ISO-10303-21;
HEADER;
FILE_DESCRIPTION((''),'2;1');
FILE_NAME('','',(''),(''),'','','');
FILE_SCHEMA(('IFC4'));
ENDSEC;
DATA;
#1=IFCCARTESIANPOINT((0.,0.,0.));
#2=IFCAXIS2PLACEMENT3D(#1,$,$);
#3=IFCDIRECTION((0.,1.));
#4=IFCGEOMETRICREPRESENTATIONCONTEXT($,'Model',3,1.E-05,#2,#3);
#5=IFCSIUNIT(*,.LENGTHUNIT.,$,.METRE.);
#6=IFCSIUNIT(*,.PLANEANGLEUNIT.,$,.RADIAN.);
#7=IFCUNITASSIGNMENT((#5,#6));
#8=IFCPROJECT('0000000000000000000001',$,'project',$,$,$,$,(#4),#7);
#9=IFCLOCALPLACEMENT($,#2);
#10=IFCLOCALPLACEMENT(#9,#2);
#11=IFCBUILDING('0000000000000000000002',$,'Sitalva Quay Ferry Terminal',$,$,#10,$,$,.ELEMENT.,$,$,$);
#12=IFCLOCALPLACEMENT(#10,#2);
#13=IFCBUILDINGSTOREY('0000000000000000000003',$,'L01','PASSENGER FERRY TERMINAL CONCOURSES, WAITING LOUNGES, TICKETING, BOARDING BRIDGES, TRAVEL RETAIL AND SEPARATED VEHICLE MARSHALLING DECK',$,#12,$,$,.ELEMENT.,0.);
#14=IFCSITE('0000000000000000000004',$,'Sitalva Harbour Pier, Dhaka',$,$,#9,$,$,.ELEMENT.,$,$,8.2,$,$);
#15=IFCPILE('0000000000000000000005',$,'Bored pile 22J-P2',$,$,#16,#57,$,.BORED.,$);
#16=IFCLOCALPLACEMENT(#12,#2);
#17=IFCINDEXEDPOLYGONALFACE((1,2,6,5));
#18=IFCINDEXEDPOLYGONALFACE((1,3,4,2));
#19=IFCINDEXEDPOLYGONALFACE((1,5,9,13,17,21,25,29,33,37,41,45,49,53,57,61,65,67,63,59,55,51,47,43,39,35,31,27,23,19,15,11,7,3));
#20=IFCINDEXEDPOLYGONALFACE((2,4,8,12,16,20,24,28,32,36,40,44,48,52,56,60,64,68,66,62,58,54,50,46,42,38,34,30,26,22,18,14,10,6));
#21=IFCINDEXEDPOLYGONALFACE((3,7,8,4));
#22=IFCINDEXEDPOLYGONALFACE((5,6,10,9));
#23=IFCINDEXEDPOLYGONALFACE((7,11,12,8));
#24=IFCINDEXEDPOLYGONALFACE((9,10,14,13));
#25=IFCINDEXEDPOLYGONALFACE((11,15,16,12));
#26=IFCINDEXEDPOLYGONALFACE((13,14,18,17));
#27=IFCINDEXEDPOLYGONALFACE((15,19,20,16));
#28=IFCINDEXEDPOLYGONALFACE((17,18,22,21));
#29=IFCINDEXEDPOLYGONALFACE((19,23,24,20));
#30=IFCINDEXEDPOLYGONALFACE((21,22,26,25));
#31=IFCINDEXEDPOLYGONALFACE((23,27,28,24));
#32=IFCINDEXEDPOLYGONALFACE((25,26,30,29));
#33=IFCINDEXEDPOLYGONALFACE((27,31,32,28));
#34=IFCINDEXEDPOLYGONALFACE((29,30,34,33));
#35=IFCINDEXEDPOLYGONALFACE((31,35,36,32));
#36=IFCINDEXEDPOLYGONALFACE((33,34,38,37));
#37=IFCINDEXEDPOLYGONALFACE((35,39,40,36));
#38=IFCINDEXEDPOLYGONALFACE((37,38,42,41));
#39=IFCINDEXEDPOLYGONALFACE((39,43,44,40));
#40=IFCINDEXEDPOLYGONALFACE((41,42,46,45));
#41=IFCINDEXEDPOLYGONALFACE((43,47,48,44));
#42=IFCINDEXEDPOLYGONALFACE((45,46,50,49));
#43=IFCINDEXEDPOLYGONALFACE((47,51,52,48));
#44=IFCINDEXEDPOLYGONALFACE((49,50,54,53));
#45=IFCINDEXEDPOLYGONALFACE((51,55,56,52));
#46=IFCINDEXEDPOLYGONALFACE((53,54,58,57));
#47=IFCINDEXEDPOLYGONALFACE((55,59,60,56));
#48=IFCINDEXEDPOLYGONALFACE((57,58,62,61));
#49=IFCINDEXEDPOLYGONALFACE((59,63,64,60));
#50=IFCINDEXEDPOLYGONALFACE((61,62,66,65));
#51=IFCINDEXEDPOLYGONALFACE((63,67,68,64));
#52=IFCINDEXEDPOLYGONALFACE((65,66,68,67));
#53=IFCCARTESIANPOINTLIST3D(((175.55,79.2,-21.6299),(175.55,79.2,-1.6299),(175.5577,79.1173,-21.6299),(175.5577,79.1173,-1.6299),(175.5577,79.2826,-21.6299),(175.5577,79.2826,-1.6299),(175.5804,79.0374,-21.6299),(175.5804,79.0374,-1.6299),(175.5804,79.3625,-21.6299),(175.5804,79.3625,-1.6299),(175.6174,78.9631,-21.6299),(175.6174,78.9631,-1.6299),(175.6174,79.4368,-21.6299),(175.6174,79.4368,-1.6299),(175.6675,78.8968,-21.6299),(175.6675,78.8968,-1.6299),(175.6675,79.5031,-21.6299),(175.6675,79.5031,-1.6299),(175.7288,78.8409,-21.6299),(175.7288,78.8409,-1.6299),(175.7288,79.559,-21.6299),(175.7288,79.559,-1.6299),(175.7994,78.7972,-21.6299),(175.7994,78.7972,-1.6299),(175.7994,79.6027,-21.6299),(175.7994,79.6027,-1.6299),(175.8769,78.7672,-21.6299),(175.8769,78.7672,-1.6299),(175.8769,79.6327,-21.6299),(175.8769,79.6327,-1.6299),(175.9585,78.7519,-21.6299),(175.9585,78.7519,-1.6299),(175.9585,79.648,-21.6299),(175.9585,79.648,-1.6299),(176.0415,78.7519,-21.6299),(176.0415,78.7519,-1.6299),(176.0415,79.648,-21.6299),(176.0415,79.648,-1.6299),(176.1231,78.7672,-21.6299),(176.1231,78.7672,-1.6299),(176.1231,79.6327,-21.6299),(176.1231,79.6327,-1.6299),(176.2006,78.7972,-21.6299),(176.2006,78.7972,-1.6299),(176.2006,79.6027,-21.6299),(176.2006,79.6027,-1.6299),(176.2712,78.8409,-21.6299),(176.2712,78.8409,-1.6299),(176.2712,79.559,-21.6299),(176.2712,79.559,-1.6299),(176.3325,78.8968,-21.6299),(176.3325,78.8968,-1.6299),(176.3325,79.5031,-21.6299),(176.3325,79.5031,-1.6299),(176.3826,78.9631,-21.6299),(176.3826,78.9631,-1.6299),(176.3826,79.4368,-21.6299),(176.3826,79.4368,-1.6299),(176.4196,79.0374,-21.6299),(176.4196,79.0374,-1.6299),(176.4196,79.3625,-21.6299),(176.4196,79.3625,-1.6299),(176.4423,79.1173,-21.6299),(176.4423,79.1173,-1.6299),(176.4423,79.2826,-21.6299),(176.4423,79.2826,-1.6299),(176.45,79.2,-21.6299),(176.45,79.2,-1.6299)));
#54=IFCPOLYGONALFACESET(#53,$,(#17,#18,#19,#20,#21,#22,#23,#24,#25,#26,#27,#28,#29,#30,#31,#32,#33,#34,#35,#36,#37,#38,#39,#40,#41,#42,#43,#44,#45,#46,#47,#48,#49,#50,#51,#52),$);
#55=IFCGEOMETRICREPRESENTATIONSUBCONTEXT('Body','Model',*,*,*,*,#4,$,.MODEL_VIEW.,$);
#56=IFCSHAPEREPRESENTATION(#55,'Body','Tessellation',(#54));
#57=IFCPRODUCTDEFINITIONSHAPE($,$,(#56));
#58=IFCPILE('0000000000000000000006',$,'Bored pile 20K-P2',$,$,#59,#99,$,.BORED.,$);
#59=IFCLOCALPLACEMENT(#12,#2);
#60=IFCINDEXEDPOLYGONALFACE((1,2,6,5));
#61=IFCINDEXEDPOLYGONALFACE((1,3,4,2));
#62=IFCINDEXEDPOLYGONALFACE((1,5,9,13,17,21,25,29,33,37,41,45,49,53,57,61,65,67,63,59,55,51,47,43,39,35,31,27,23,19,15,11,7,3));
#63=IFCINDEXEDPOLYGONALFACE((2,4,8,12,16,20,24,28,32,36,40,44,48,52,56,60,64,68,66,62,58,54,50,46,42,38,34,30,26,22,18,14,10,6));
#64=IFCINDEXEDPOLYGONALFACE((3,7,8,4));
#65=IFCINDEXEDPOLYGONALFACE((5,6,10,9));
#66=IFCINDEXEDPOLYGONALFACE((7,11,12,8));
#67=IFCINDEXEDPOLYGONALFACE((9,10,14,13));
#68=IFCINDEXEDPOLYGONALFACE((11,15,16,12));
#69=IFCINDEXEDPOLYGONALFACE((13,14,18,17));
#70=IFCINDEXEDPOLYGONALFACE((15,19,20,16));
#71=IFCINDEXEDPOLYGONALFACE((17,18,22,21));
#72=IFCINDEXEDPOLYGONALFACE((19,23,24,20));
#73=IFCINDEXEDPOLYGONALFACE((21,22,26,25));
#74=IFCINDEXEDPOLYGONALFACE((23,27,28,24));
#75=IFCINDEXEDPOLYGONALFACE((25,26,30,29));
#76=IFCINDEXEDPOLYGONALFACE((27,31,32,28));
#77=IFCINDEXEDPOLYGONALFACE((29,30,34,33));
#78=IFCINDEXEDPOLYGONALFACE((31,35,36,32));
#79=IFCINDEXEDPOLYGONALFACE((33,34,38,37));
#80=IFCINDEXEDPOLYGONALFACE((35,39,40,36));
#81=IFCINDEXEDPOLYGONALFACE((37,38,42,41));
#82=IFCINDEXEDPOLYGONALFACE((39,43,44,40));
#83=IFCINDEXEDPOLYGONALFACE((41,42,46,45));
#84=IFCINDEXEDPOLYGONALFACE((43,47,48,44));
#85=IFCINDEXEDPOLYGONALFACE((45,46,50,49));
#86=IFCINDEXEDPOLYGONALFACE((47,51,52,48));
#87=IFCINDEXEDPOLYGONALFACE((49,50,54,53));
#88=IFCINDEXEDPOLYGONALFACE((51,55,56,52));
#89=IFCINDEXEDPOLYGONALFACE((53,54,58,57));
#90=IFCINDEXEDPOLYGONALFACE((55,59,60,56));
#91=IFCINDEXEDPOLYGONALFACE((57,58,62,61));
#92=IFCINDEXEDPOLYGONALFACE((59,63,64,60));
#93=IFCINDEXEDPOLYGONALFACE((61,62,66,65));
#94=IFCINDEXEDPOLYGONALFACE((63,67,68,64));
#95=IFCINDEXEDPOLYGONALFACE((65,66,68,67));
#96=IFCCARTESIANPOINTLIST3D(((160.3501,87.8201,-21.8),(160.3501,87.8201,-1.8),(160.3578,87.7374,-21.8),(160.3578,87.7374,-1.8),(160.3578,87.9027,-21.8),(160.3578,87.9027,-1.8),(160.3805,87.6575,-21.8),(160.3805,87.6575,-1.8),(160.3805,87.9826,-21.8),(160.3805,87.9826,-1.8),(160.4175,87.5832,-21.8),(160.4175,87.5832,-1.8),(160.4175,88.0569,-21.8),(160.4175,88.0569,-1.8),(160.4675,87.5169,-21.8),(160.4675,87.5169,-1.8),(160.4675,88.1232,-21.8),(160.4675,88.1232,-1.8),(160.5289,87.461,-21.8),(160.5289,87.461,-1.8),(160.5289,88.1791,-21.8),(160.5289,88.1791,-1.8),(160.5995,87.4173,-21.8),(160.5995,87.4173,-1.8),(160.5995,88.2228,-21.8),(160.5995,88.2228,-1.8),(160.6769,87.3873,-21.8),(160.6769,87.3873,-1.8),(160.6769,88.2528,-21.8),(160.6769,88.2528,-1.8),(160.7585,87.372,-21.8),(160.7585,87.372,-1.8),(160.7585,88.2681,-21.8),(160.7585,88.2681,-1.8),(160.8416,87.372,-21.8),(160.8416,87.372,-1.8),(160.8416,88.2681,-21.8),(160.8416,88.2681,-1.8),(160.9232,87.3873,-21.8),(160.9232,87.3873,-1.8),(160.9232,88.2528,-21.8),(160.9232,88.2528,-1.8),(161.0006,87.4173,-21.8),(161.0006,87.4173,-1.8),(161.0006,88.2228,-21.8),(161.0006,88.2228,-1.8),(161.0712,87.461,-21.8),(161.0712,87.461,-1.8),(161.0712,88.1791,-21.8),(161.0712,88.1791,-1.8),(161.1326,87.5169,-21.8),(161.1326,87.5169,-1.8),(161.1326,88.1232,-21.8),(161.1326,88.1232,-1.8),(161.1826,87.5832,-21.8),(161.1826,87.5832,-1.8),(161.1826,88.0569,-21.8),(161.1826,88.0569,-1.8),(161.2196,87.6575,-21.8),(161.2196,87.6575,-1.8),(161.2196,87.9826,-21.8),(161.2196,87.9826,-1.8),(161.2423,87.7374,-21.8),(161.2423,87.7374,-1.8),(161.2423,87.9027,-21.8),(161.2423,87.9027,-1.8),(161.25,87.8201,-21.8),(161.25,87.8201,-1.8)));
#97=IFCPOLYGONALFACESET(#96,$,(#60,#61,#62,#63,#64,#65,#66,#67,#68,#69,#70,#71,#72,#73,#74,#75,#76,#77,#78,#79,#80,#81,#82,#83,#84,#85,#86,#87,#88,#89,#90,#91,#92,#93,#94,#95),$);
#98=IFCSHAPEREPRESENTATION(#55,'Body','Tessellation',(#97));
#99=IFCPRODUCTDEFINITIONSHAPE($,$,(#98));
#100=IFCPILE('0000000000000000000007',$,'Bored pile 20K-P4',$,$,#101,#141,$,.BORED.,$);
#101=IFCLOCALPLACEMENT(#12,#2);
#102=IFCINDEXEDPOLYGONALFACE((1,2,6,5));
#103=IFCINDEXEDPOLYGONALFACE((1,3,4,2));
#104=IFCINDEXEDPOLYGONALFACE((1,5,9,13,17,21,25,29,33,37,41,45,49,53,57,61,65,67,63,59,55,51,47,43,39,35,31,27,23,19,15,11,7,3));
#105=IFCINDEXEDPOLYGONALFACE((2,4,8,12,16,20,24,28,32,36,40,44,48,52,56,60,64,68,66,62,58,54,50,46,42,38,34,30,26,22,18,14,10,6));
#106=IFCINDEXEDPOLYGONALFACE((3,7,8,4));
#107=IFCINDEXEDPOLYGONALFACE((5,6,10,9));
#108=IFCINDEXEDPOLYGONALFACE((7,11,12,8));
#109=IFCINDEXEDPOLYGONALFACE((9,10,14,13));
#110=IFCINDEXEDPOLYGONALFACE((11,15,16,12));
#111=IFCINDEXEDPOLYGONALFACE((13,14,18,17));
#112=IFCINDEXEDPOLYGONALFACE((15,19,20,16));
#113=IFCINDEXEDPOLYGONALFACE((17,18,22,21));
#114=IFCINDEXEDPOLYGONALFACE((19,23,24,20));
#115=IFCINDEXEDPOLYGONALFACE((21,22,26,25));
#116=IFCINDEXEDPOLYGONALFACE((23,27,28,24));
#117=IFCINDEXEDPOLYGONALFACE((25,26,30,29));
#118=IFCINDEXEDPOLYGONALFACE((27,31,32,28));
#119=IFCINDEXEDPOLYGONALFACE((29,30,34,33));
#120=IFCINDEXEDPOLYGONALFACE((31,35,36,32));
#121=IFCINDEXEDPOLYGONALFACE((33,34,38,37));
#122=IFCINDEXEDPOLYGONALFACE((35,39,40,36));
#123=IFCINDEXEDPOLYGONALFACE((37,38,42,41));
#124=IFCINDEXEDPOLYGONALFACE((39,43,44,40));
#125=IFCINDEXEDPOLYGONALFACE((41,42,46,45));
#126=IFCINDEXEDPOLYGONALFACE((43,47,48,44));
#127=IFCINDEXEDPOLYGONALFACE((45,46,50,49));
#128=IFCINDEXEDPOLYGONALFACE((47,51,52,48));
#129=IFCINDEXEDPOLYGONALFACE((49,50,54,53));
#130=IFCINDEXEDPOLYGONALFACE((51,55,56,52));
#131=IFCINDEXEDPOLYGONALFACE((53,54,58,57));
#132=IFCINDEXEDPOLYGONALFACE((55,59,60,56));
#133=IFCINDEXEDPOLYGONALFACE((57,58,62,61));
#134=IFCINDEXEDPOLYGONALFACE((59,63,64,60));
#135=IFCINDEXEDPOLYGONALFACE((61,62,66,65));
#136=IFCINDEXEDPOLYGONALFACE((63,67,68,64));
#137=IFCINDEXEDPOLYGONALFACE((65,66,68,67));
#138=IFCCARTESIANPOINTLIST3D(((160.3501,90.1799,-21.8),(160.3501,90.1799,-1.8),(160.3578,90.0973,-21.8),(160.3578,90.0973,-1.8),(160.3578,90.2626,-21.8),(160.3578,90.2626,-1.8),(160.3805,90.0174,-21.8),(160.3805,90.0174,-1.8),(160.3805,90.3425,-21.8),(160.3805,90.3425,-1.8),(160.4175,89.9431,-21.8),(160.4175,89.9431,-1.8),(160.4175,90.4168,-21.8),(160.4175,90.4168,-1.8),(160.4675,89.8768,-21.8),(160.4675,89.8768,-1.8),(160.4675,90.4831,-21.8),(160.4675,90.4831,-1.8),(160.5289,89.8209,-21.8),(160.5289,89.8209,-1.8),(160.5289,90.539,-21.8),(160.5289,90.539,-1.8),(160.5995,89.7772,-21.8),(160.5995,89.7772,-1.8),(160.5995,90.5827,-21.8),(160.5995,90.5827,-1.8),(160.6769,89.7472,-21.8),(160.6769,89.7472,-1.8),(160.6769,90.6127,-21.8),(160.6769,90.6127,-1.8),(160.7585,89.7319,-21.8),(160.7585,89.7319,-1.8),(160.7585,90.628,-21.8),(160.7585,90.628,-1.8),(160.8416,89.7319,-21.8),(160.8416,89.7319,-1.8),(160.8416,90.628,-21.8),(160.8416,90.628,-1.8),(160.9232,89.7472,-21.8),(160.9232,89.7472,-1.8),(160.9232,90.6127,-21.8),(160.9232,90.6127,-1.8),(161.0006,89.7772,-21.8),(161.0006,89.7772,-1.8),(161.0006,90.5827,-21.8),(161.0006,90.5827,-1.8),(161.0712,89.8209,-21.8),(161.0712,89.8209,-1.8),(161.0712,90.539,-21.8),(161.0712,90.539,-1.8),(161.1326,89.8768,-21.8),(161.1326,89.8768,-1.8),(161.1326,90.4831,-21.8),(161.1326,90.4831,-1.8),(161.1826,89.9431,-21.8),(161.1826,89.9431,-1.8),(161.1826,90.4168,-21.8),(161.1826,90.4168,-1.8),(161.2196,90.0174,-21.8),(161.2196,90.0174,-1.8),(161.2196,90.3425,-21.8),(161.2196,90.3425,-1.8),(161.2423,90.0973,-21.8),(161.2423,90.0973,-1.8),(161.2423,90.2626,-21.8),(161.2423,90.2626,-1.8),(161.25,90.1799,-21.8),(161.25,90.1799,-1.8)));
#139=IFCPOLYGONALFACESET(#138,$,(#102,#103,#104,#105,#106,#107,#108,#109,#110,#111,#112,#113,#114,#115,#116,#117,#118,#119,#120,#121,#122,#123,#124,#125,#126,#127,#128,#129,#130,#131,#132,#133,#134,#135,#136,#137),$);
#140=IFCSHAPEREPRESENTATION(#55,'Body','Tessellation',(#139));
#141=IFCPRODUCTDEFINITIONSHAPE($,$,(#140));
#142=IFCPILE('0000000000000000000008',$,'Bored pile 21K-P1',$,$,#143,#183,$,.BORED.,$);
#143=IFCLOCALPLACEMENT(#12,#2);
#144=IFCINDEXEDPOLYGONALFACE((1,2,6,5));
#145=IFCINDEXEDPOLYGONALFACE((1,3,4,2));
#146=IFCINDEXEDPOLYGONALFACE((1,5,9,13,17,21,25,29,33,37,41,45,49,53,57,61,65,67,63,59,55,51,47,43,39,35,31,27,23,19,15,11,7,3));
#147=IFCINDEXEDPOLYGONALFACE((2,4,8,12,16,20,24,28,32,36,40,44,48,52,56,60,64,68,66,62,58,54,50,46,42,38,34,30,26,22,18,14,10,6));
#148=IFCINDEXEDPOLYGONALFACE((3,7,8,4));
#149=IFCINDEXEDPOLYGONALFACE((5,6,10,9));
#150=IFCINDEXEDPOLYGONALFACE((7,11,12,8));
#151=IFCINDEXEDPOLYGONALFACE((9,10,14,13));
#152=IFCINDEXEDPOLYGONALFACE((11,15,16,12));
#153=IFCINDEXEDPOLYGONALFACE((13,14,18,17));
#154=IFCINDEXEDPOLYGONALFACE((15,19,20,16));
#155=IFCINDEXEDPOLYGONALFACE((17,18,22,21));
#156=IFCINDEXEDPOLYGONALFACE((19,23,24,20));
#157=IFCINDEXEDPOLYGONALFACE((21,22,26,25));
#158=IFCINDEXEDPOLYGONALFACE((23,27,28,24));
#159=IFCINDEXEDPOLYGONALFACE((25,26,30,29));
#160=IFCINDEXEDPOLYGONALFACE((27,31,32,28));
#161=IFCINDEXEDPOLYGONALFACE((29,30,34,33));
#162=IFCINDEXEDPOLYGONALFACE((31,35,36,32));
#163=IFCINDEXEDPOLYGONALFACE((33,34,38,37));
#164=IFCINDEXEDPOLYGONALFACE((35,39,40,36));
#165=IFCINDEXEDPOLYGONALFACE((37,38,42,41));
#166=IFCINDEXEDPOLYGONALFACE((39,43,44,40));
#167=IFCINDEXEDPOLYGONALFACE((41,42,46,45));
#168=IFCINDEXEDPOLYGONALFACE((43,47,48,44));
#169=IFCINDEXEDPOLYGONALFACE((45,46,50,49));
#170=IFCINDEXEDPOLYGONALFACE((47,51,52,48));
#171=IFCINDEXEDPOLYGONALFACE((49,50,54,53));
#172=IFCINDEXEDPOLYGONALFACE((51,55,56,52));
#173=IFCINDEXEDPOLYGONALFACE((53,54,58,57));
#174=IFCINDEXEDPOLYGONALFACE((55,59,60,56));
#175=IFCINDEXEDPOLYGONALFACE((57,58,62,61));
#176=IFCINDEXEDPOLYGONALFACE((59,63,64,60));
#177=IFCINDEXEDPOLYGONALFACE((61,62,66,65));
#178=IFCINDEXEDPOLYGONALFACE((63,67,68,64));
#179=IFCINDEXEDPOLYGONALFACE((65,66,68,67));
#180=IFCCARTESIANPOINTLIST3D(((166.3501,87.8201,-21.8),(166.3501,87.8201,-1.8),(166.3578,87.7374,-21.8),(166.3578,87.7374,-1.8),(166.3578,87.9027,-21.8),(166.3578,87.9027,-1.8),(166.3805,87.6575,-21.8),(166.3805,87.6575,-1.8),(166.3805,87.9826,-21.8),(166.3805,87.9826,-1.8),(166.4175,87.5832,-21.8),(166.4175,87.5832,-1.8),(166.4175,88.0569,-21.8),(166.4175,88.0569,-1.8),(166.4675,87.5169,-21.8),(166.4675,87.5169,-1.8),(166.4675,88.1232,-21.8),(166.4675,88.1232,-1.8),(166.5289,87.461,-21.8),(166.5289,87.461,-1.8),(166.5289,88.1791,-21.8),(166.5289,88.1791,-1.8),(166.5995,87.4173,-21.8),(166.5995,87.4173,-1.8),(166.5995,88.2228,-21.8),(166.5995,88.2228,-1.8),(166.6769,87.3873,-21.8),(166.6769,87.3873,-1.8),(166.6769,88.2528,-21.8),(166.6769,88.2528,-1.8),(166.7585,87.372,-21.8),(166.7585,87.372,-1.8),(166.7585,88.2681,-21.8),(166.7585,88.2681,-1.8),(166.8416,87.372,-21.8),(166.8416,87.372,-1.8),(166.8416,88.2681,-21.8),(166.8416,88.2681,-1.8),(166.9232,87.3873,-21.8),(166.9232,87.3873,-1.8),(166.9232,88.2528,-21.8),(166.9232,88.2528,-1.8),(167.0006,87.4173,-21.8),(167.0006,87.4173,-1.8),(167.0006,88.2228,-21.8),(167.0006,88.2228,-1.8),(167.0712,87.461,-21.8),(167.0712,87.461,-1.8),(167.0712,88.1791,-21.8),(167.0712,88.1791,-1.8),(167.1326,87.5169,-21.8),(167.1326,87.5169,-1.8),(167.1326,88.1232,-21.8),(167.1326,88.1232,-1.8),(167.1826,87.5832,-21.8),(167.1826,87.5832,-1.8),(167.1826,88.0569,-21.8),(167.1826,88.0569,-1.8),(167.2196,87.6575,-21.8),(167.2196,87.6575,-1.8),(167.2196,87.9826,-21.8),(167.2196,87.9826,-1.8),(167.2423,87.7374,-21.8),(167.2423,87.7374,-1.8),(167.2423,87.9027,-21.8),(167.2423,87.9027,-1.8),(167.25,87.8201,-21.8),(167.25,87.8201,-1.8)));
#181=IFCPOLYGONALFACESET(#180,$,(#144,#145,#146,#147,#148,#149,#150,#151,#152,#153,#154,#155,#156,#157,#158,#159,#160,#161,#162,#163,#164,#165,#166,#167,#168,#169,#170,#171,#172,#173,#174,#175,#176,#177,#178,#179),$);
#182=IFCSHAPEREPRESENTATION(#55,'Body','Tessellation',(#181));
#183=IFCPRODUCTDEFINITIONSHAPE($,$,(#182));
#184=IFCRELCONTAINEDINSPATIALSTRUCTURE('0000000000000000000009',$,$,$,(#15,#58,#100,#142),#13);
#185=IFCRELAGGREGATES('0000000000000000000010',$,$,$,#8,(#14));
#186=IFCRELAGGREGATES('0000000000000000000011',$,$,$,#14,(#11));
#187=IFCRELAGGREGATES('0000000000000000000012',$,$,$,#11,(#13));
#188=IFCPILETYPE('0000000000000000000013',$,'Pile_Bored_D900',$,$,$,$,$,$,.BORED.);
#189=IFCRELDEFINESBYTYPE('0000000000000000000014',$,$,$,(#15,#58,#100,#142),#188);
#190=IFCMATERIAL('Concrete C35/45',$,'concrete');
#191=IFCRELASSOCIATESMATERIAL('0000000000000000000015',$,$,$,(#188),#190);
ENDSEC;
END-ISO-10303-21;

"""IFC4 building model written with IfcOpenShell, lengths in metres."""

from ifc_helpers import new_model, si_unit, direction, frame, origin, origin_2d, place, context, subcontext, project, spatial, circle, extrude, material, material_profile, profile_set, type_object, element, save


model = new_model("IFC4")

# Units and contexts
model_context = context("Model", 3, precision=1e-05, world=origin(), true_north=direction((0.0, 1.0)))
body_context = subcontext(model_context, "Body", "Model", "MODEL_VIEW")
ifc_project = project(units=[si_unit("LENGTHUNIT", "METRE"), si_unit("PLANEANGLEUNIT", "RADIAN")], contexts=[model_context])

# Site, building, storey
site_placement = place(None, origin())
site = spatial("IfcSite", under=ifc_project, at=site_placement, Name="Sitalva Harbour Pier, Dhaka", CompositionType="ELEMENT", RefElevation=8.2)
building_placement = place(site_placement, origin())
building = spatial("IfcBuilding", under=site, at=building_placement, Name="Sitalva Quay Ferry Terminal", CompositionType="ELEMENT")
storey_placement = place(building_placement, origin())
storey = spatial("IfcBuildingStorey", under=building, at=storey_placement, Name="L01", Description="PASSENGER FERRY TERMINAL CONCOURSES, WAITING LOUNGES, TICKETING, BOARDING BRIDGES, TRAVEL RETAIL AND SEPARATED VEHICLE MARSHALLING DECK", CompositionType="ELEMENT", Elevation=0.0)

# Piles
ifc_material_1 = material(Name="Concrete C35/45", Category="concrete")
ifc_material_profile_1 = material_profile(ifc_material_1, circle(Radius=0.45, at=origin_2d()), Name="PILE-D900")
ifc_profile_set_1 = profile_set([ifc_material_profile_1], Name="Concrete C35/45")
pile_type_1 = type_object("IfcPileType", Name="Pile_Bored_D900", PredefinedType="BORED", material=ifc_profile_set_1)
for number, where, z_axis, x_axis, name in (
    (1, (176.0, 79.2, -1.6299), (0.0, 0.0, -1.0), (1.0, 0.0, 0.0), "Bored pile 22J-P2"),
    (2, (160.8, 87.8201, -1.8), (0.0, 0.0, -1.0), (1.0, 0.0, 0.0), "Bored pile 20K-P2"),
    (3, (160.8, 90.1799, -1.8), (0.0, 0.0, -1.0), (1.0, 0.0, 0.0), "Bored pile 20K-P4"),
    (4, (166.8, 87.8201, -1.8), (0.0, 0.0, -1.0), (1.0, 0.0, 0.0), "Bored pile 21K-P1"),
):
    element("IfcPile", number, at=place(storey_placement, frame(where, z_axis=z_axis, x_axis=x_axis)), inside=storey, type_object=pile_type_1, Name=name, PredefinedType="BORED", context=body_context, shape_type="SweptSolid", body=[
        extrude(circle(Radius=0.45, at=origin_2d()), origin(), (0.0, 0.0, 1.0), 20.0),
    ])

save(model, "model.ifc")
